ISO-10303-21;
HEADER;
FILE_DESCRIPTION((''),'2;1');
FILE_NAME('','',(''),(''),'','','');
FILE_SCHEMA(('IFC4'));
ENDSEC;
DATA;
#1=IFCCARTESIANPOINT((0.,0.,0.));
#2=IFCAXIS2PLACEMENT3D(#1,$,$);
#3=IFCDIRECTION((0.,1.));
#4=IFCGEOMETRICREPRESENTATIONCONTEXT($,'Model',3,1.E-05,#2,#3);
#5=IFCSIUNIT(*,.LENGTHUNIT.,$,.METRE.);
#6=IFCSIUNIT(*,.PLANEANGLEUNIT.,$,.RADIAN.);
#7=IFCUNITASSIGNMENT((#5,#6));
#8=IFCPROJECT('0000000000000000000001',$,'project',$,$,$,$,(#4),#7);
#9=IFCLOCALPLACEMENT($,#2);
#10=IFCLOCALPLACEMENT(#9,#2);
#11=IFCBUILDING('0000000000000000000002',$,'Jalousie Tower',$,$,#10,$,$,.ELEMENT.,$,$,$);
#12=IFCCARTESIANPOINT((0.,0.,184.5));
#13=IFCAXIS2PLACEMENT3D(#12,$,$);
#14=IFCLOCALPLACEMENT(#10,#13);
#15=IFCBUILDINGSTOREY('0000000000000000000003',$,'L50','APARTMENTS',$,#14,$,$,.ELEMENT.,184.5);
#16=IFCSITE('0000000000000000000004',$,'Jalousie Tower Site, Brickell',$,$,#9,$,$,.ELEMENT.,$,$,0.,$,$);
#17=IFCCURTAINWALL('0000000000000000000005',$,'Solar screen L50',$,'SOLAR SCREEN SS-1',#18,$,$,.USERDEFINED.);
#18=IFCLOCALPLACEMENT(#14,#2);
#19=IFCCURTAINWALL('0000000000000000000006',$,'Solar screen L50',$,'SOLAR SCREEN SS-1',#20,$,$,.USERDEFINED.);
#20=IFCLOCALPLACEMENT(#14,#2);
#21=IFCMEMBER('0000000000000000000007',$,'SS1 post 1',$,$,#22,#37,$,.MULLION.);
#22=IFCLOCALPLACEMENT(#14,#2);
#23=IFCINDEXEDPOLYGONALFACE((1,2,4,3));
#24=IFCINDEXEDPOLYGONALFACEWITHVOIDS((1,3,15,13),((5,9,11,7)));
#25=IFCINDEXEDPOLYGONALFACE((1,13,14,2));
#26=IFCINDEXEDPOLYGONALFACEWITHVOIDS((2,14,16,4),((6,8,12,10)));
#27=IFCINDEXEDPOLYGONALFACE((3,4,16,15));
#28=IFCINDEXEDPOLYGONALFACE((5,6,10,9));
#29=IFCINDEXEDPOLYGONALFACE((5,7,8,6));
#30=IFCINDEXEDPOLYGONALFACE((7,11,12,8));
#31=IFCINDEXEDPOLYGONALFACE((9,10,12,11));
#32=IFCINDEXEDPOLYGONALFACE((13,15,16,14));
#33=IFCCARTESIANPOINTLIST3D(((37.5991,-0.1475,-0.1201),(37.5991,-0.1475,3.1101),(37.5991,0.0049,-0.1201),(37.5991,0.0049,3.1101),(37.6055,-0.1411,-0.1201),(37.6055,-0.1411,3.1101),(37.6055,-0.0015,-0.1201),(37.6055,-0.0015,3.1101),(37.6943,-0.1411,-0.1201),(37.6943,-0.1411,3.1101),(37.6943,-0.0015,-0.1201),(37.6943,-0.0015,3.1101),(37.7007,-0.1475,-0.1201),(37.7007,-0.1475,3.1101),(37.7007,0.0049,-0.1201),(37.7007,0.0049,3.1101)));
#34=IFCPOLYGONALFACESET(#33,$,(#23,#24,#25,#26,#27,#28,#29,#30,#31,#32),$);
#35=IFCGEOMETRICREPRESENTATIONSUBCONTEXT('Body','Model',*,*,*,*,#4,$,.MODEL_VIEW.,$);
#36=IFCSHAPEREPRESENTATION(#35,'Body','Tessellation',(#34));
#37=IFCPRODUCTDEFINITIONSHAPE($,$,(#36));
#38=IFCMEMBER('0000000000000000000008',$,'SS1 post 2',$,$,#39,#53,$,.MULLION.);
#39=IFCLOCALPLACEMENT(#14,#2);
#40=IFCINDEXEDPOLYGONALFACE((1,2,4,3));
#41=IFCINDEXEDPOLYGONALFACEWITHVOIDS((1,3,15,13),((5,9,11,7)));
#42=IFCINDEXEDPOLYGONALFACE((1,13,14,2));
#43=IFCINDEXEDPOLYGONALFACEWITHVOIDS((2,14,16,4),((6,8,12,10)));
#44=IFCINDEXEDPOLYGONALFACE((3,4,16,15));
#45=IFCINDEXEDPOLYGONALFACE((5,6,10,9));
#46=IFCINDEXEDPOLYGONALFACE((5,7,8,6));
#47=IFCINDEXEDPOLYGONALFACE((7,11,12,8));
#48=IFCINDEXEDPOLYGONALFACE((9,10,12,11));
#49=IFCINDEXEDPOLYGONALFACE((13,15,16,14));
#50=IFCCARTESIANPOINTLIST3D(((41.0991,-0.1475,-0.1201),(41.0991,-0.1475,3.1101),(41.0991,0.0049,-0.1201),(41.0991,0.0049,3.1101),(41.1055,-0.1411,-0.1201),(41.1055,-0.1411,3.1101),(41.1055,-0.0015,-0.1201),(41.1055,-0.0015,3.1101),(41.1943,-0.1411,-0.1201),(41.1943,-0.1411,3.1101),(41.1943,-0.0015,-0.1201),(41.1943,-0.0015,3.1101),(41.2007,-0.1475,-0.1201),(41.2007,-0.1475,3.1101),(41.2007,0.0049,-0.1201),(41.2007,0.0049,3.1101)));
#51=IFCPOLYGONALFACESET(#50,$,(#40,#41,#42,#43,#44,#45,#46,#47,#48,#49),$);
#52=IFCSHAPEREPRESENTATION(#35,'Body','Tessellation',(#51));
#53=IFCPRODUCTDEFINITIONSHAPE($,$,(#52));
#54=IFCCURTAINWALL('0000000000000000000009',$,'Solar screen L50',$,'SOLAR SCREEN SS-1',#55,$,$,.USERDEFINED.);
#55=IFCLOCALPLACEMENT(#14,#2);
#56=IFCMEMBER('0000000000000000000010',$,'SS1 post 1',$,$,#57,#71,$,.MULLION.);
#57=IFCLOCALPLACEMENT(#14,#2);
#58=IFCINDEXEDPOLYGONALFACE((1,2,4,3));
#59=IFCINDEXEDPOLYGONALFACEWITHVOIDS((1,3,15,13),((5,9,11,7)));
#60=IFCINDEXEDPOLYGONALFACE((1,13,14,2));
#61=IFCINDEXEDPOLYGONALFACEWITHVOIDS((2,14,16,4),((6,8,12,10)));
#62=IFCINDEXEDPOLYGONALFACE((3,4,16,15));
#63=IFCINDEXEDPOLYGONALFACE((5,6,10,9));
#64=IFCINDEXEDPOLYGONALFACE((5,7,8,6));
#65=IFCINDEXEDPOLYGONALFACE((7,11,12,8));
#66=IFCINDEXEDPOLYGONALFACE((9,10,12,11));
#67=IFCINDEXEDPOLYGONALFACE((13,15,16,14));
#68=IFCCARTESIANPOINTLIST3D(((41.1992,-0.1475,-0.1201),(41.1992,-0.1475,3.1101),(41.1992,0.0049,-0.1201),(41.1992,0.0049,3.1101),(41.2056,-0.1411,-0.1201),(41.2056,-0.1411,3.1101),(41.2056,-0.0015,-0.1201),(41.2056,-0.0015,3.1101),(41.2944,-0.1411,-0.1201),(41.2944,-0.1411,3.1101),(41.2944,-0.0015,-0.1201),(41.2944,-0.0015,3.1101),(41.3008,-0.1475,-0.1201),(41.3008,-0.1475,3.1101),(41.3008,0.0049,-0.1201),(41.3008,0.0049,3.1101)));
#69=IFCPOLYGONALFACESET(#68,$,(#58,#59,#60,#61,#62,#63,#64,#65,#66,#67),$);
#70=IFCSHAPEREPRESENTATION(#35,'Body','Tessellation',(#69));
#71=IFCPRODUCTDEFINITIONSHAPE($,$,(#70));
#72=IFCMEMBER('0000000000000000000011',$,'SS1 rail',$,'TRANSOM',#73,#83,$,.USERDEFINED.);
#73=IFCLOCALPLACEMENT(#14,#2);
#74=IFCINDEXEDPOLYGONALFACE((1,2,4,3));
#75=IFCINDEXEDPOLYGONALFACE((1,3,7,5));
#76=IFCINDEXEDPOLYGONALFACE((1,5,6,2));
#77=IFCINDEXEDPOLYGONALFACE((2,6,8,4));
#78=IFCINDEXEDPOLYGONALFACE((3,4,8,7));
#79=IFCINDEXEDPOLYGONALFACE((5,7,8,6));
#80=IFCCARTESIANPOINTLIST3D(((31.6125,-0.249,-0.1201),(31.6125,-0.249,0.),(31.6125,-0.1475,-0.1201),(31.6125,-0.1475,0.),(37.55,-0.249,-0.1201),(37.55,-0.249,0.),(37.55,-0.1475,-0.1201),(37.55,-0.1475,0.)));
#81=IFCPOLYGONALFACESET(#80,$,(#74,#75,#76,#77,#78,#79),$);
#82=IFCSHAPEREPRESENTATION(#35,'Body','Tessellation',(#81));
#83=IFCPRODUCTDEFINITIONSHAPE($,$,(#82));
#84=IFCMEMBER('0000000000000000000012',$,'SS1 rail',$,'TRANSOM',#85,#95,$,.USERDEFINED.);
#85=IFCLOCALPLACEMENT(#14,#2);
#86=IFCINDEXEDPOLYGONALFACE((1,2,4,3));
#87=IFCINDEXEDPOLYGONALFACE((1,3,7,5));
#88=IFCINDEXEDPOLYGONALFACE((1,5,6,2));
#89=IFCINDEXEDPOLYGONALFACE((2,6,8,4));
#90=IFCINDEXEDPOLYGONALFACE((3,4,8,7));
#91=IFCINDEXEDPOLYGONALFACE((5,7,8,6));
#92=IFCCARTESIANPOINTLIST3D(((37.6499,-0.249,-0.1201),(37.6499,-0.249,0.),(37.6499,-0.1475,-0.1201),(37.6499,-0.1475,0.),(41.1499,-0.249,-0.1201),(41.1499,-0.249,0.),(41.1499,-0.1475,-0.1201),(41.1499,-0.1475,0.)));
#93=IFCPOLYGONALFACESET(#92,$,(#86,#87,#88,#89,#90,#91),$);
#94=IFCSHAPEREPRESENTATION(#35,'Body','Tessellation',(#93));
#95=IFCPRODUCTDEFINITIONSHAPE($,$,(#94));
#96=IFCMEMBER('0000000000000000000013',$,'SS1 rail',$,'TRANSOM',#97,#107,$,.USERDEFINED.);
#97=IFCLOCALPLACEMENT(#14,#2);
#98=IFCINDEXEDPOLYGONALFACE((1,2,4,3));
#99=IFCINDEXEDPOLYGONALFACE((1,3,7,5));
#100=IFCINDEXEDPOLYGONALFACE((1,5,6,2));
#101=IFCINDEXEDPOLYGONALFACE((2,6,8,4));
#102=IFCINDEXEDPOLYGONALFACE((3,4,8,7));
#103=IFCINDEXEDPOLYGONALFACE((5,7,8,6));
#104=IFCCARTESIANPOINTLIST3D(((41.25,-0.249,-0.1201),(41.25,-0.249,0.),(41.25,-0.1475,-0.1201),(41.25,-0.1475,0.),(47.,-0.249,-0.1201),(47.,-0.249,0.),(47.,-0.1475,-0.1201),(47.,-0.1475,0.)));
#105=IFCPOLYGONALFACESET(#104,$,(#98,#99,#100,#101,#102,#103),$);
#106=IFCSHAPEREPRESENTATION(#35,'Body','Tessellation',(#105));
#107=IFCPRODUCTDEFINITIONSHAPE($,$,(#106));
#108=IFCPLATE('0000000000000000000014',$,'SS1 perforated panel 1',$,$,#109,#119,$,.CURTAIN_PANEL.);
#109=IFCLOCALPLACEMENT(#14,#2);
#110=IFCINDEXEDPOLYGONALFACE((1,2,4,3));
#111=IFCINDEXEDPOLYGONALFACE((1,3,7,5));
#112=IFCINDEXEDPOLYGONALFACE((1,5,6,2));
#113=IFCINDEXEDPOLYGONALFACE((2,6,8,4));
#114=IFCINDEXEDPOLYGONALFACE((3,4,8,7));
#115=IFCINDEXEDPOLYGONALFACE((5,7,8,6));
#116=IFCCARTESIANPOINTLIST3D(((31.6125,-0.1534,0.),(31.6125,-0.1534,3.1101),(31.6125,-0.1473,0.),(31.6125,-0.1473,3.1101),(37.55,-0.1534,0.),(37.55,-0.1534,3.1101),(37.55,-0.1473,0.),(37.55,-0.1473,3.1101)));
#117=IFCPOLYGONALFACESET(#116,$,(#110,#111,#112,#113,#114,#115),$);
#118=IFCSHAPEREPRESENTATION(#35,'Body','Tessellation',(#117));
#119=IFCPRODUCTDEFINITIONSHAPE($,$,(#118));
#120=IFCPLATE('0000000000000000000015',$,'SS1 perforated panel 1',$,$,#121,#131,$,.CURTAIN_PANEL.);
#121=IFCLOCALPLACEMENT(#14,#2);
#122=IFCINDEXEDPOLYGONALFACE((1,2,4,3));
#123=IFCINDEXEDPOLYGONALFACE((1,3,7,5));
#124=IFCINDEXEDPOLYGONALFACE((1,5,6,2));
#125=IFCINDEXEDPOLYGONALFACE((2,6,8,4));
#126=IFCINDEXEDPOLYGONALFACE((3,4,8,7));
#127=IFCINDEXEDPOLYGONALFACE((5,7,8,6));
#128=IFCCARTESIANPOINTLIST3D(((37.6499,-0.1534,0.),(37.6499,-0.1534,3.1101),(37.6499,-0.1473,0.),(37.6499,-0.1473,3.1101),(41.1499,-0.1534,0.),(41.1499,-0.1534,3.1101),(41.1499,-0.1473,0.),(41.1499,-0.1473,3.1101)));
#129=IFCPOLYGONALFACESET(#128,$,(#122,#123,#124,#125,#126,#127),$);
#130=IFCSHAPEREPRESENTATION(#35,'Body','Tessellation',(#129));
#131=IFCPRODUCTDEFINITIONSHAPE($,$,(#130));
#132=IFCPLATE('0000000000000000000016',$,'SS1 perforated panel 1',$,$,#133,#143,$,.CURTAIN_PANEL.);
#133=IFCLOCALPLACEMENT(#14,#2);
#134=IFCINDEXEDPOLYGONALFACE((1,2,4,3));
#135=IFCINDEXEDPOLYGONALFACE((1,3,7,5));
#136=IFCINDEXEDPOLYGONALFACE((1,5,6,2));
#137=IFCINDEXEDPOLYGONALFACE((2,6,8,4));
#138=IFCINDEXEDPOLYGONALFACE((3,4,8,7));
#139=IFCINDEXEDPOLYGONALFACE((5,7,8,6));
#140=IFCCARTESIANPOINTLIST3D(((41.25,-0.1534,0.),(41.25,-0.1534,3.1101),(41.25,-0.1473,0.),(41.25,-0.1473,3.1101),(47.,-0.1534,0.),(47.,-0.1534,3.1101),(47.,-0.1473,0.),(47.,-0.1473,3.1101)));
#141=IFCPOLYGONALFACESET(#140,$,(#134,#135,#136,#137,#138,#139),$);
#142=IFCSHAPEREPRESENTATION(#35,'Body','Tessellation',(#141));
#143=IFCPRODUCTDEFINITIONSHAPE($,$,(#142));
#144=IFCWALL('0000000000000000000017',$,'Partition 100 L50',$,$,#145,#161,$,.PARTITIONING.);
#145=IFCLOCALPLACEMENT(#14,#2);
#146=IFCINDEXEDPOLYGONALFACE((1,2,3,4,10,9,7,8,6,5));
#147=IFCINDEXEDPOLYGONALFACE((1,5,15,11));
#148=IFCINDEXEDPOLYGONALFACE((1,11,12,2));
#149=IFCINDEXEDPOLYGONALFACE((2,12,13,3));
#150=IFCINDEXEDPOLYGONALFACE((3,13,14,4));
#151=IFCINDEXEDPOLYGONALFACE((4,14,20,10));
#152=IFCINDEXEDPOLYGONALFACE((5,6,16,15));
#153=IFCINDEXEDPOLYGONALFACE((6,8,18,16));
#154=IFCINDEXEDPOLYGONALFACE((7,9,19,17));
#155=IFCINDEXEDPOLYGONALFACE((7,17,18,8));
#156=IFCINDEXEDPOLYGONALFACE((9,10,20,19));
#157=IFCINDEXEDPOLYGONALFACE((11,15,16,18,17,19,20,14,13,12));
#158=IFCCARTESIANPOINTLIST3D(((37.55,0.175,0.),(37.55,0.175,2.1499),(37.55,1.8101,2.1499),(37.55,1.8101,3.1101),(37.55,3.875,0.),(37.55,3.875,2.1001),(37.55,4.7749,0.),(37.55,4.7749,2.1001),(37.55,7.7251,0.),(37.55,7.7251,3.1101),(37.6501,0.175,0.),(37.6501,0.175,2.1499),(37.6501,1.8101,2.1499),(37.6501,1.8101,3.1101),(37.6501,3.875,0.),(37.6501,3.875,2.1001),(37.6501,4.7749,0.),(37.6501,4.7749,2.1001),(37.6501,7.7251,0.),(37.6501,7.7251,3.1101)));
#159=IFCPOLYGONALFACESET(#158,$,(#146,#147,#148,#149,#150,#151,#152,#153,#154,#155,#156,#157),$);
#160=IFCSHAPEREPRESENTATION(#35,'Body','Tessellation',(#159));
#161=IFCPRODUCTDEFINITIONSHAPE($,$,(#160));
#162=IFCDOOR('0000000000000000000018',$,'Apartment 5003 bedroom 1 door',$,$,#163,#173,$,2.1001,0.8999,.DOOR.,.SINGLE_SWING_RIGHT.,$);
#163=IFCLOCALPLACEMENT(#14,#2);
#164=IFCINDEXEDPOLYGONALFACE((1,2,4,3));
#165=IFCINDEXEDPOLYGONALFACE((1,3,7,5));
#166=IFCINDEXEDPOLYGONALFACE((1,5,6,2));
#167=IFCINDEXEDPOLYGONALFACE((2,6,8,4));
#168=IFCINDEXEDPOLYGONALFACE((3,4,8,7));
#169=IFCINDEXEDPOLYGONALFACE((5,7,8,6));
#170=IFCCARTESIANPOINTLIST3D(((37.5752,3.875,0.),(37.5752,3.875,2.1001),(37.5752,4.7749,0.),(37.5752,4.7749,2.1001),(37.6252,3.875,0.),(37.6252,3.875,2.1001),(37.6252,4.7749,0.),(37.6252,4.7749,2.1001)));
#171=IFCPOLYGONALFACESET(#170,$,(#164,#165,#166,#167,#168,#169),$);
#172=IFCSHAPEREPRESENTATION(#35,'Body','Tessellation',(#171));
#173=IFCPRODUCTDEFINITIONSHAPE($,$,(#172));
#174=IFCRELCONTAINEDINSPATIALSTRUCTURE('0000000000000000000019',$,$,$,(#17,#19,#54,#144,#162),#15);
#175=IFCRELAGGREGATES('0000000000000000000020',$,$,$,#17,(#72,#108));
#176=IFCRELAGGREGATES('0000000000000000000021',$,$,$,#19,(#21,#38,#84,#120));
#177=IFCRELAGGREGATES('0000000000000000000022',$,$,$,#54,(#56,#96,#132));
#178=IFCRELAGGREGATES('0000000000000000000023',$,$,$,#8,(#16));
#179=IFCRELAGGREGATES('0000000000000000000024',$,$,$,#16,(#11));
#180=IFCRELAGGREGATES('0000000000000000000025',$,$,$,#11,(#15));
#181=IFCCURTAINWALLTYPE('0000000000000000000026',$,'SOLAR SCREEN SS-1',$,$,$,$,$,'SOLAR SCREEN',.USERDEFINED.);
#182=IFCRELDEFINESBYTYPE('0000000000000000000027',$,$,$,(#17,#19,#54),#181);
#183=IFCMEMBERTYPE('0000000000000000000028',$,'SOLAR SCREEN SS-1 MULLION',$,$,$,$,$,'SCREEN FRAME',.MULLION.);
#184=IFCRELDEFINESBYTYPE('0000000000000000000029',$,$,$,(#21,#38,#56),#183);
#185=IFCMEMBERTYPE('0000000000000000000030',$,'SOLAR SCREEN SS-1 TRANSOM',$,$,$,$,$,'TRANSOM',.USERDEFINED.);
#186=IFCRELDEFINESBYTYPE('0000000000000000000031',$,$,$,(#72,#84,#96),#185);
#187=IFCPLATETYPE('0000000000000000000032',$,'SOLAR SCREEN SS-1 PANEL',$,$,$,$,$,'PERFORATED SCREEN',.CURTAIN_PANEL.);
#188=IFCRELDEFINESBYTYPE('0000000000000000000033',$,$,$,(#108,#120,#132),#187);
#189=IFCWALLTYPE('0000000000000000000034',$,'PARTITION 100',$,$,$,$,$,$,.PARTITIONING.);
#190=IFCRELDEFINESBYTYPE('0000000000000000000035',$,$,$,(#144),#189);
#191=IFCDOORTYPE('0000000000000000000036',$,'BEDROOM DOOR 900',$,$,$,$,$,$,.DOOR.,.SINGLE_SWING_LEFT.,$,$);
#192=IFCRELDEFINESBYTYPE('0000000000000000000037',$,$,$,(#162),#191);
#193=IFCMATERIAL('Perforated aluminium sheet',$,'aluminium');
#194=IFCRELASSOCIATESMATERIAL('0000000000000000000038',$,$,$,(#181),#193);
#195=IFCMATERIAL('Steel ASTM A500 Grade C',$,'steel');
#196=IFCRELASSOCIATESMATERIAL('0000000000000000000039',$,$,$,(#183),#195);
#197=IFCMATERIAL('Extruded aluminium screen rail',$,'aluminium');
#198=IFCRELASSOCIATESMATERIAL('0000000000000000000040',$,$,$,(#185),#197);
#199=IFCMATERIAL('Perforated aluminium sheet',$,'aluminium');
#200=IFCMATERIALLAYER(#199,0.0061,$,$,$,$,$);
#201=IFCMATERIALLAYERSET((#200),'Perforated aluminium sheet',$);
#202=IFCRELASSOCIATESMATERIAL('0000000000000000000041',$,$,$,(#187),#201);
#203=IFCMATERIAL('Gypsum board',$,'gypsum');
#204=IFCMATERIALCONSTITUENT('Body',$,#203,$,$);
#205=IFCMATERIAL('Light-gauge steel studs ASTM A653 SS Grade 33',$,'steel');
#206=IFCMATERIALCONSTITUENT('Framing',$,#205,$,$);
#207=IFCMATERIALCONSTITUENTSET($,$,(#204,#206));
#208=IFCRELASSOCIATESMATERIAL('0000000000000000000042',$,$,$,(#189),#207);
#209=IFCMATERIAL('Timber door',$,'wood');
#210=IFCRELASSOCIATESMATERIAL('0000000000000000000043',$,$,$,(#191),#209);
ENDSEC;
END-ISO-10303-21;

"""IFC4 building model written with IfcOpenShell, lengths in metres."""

from ifc_helpers import new_model, si_unit, direction, frame, frame_2d, origin, origin_2d, place, context, subcontext, project, spatial, polyline, rectangle, hollow_rectangle, outline, extrude, material, layer, layer_set, constituent, constituent_set, material_profile, profile_set, type_object, element, fill, aggregate, save


model = new_model("IFC4")

# Units and contexts
model_context = context("Model", 3, precision=1e-05, world=origin(), true_north=direction((0.0, 1.0)))
body_context = subcontext(model_context, "Body", "Model", "MODEL_VIEW")
ifc_project = project(units=[si_unit("LENGTHUNIT", "METRE"), si_unit("PLANEANGLEUNIT", "RADIAN")], contexts=[model_context])

# Site, building, storey
site_placement = place(None, origin())
site = spatial("IfcSite", under=ifc_project, at=site_placement, Name="Jalousie Tower Site, Brickell", CompositionType="ELEMENT", RefElevation=0.0)
building_placement = place(site_placement, origin())
building = spatial("IfcBuilding", under=site, at=building_placement, Name="Jalousie Tower", CompositionType="ELEMENT")
storey_placement = place(building_placement, frame((0.0, 0.0, 184.5)))
storey = spatial("IfcBuildingStorey", under=building, at=storey_placement, Name="L50", Description="APARTMENTS", CompositionType="ELEMENT", Elevation=184.5)

# Curtain walls, members
ifc_material_1 = material(Name="Perforated aluminium sheet", Category="aluminium")
curtain_wall_type = type_object("IfcCurtainWallType", Name="SOLAR SCREEN SS-1", ElementType="SOLAR SCREEN", PredefinedType="USERDEFINED", material=ifc_material_1)
curtain_wall_1_placement = place(storey_placement, origin())
curtain_wall_1 = element("IfcCurtainWall", 1, at=curtain_wall_1_placement, inside=storey, type_object=curtain_wall_type, Name="Solar screen L50", ObjectType="SOLAR SCREEN SS-1", PredefinedType="USERDEFINED")
ifc_material_2 = material(Name="Steel ASTM A500 Grade C", Category="steel")
ifc_material_profile_1 = material_profile(ifc_material_2, hollow_rectangle(XDim=0.1016, YDim=0.1523, WallThickness=0.0063, at=origin_2d()), Name="HSS6X4X1/4")
ifc_profile_set_1 = profile_set([ifc_material_profile_1], Name="Steel ASTM A500 Grade C")
member_type_1 = type_object("IfcMemberType", Name="SOLAR SCREEN SS-1 MULLION", ElementType="SCREEN FRAME", PredefinedType="MULLION", material=ifc_profile_set_1)
curtain_wall_2_placement = place(storey_placement, origin())
curtain_wall_2 = element("IfcCurtainWall", 2, at=curtain_wall_2_placement, inside=storey, type_object=curtain_wall_type, Name="Solar screen L50", ObjectType="SOLAR SCREEN SS-1", PredefinedType="USERDEFINED")
member_1_placement = place(storey_placement, frame((37.6499, -0.0713, -0.1201), z_axis=(0.0, 0.0, 1.0), x_axis=(1.0, 0.0, 0.0)))
member_1 = element("IfcMember", 3, at=member_1_placement, type_object=member_type_1, Name="SS1 post 1", PredefinedType="MULLION", context=body_context, shape_type="SweptSolid", body=[
    extrude(hollow_rectangle(XDim=0.1016, YDim=0.1523, WallThickness=0.0063, at=origin_2d()), origin(), (0.0, 0.0, 1.0), 3.2302),
])
member_2_placement = place(storey_placement, frame((41.1499, -0.0713, -0.1201), z_axis=(0.0, 0.0, 1.0), x_axis=(1.0, 0.0, 0.0)))
member_2 = element("IfcMember", 4, at=member_2_placement, type_object=member_type_1, Name="SS1 post 2", PredefinedType="MULLION", context=body_context, shape_type="SweptSolid", body=[
    extrude(hollow_rectangle(XDim=0.1016, YDim=0.1523, WallThickness=0.0063, at=origin_2d()), origin(), (0.0, 0.0, 1.0), 3.2302),
])

# Curtain wall, member
curtain_wall_3_placement = place(storey_placement, origin())
curtain_wall_3 = element("IfcCurtainWall", 5, at=curtain_wall_3_placement, inside=storey, type_object=curtain_wall_type, Name="Solar screen L50", ObjectType="SOLAR SCREEN SS-1", PredefinedType="USERDEFINED")
member_3_placement = place(storey_placement, frame((41.25, -0.0713, -0.1201), z_axis=(0.0, 0.0, 1.0), x_axis=(1.0, 0.0, 0.0)))
member_3 = element("IfcMember", 6, at=member_3_placement, type_object=member_type_1, Name="SS1 post 1", PredefinedType="MULLION", context=body_context, shape_type="SweptSolid", body=[
    extrude(hollow_rectangle(XDim=0.1016, YDim=0.1523, WallThickness=0.0063, at=origin_2d()), origin(), (0.0, 0.0, 1.0), 3.2302),
])

# Members
ifc_material_3 = material(Name="Extruded aluminium screen rail", Category="aluminium")
ifc_material_profile_2 = material_profile(ifc_material_3, rectangle(XDim=0.1016, YDim=0.1201, at=origin_2d()), Name="RAIL 102x120")
ifc_profile_set_2 = profile_set([ifc_material_profile_2], Name="Extruded aluminium screen rail")
member_type_2 = type_object("IfcMemberType", Name="SOLAR SCREEN SS-1 TRANSOM", ElementType="TRANSOM", PredefinedType="USERDEFINED", material=ifc_profile_set_2)
member_4_placement = place(storey_placement, frame((31.6125, -0.1982, -0.0601), z_axis=(1.0, 0.0, 0.0), x_axis=(0.0, 1.0, 0.0)))
member_4 = element("IfcMember", 7, at=member_4_placement, type_object=member_type_2, Name="SS1 rail", ObjectType="TRANSOM", PredefinedType="USERDEFINED", context=body_context, shape_type="SweptSolid", body=[
    extrude(rectangle(XDim=0.1016, YDim=0.1201, at=origin_2d()), origin(), (0.0, 0.0, 1.0), 5.9375),
])
member_5_placement = place(storey_placement, frame((37.6499, -0.1982, -0.0601), z_axis=(1.0, 0.0, 0.0), x_axis=(0.0, 1.0, 0.0)))
member_5 = element("IfcMember", 8, at=member_5_placement, type_object=member_type_2, Name="SS1 rail", ObjectType="TRANSOM", PredefinedType="USERDEFINED", context=body_context, shape_type="SweptSolid", body=[
    extrude(rectangle(XDim=0.1016, YDim=0.1201, at=origin_2d()), origin(), (0.0, 0.0, 1.0), 3.5),
])
member_6_placement = place(storey_placement, frame((41.25, -0.1982, -0.0601), z_axis=(1.0, 0.0, 0.0), x_axis=(0.0, 1.0, 0.0)))
member_6 = element("IfcMember", 9, at=member_6_placement, type_object=member_type_2, Name="SS1 rail", ObjectType="TRANSOM", PredefinedType="USERDEFINED", context=body_context, shape_type="SweptSolid", body=[
    extrude(rectangle(XDim=0.1016, YDim=0.1201, at=origin_2d()), origin(), (0.0, 0.0, 1.0), 5.75),
])

# Plates
ifc_material_4 = material(Name="Perforated aluminium sheet", Category="aluminium")
ifc_layer = layer(ifc_material_4, 0.0061)
ifc_layer_set = layer_set([ifc_layer], Name="Perforated aluminium sheet")
plate_type = type_object("IfcPlateType", Name="SOLAR SCREEN SS-1 PANEL", ElementType="PERFORATED SCREEN", PredefinedType="CURTAIN_PANEL", material=ifc_layer_set)
plate_1_placement = place(storey_placement, frame((34.5813, -0.1504, 0.0), z_axis=(0.0, 0.0, 1.0), x_axis=(1.0, 0.0, 0.0)))
plate_1 = element("IfcPlate", 10, at=plate_1_placement, type_object=plate_type, Name="SS1 perforated panel 1", PredefinedType="CURTAIN_PANEL", context=body_context, shape_type="SweptSolid", body=[
    extrude(rectangle(XDim=5.9375, YDim=0.0061, at=origin_2d()), origin(), (0.0, 0.0, 1.0), 3.1101),
])
aggregate(curtain_wall_1, [member_4, plate_1])
plate_2_placement = place(storey_placement, frame((39.3999, -0.1504, 0.0), z_axis=(0.0, 0.0, 1.0), x_axis=(1.0, 0.0, 0.0)))
plate_2 = element("IfcPlate", 11, at=plate_2_placement, type_object=plate_type, Name="SS1 perforated panel 1", PredefinedType="CURTAIN_PANEL", context=body_context, shape_type="SweptSolid", body=[
    extrude(rectangle(XDim=3.5, YDim=0.0061, at=origin_2d()), origin(), (0.0, 0.0, 1.0), 3.1101),
])
aggregate(curtain_wall_2, [member_1, member_2, member_5, plate_2])
plate_3_placement = place(storey_placement, frame((44.125, -0.1504, 0.0), z_axis=(0.0, 0.0, 1.0), x_axis=(1.0, 0.0, 0.0)))
plate_3 = element("IfcPlate", 12, at=plate_3_placement, type_object=plate_type, Name="SS1 perforated panel 1", PredefinedType="CURTAIN_PANEL", context=body_context, shape_type="SweptSolid", body=[
    extrude(rectangle(XDim=5.75, YDim=0.0061, at=origin_2d()), origin(), (0.0, 0.0, 1.0), 3.1101),
])
aggregate(curtain_wall_3, [member_3, member_6, plate_3])

# Wall, opening, door
ifc_material_5 = material(Name="Gypsum board", Category="gypsum")
ifc_constituent_1 = constituent(ifc_material_5, Name="Body")
ifc_material_6 = material(Name="Light-gauge steel studs ASTM A653 SS Grade 33", Category="steel")
ifc_constituent_2 = constituent(ifc_material_6, Name="Framing")
ifc_constituent_set_1 = constituent_set(constituents=[ifc_constituent_1, ifc_constituent_2])
wall_type_1 = type_object("IfcWallType", Name="PARTITION 100", PredefinedType="PARTITIONING", material=ifc_constituent_set_1)
wall_1_placement = place(storey_placement, frame((37.6001, 0.175, 0.0), z_axis=(0.0, 0.0, 1.0), x_axis=(0.0, 1.0, 0.0)))
wall_1 = element("IfcWall", 13, at=wall_1_placement, inside=storey, type_object=wall_type_1, Name="Partition 100 L50", PredefinedType="PARTITIONING", context=body_context, shape_type="SweptSolid", body=[
    extrude(outline(polyline([(0.0, 0.0), (7.55, 0.0), (7.55, 3.1101), (1.635, 3.1101), (1.635, 2.1499), (0.0, 2.1499), (0.0, 3.1101), (0.0, 0.0)])), frame((0.0, 0.05, 0.0), z_axis=(0.0, -1.0, 0.0), x_axis=(1.0, 0.0, 0.0)), (0.0, 0.0, 1.0), 0.1001),
])
opening_1_placement = place(wall_1_placement, frame((3.7, 0.0, 0.0)))
opening_1 = element("IfcOpeningElement", 14, at=opening_1_placement, cuts=wall_1, PredefinedType="OPENING", context=body_context, shape_type="SweptSolid", body=[
    extrude(rectangle(XDim=0.8999, YDim=2.1001, at=frame_2d((0.45, 1.05))), frame((0.0, 0.0601, 0.0), z_axis=(0.0, -1.0, 0.0), x_axis=(1.0, 0.0, 0.0)), (0.0, 0.0, 1.0), 0.1201),
])
ifc_material_7 = material(Name="Timber door", Category="wood")
door_type_1 = type_object("IfcDoorType", Name="BEDROOM DOOR 900", OperationType="SINGLE_SWING_LEFT", PredefinedType="DOOR", material=ifc_material_7)
door_1_placement = place(opening_1_placement, origin())
door_1 = element("IfcDoor", 15, at=door_1_placement, inside=storey, type_object=door_type_1, Name="Apartment 5003 bedroom 1 door", OperationType="SINGLE_SWING_RIGHT", OverallHeight=2.1001, OverallWidth=0.8999, PredefinedType="DOOR", context=body_context, shape_type="SweptSolid", body=[
    extrude(rectangle(XDim=0.8999, YDim=2.1001, at=frame_2d((0.45, 1.05))), frame((0.0, 0.0249, 0.0), z_axis=(0.0, -1.0, 0.0), x_axis=(1.0, 0.0, 0.0)), (0.0, 0.0, 1.0), 0.05),
])
fill(opening_1, door_1)

save(model, "model.ifc")
